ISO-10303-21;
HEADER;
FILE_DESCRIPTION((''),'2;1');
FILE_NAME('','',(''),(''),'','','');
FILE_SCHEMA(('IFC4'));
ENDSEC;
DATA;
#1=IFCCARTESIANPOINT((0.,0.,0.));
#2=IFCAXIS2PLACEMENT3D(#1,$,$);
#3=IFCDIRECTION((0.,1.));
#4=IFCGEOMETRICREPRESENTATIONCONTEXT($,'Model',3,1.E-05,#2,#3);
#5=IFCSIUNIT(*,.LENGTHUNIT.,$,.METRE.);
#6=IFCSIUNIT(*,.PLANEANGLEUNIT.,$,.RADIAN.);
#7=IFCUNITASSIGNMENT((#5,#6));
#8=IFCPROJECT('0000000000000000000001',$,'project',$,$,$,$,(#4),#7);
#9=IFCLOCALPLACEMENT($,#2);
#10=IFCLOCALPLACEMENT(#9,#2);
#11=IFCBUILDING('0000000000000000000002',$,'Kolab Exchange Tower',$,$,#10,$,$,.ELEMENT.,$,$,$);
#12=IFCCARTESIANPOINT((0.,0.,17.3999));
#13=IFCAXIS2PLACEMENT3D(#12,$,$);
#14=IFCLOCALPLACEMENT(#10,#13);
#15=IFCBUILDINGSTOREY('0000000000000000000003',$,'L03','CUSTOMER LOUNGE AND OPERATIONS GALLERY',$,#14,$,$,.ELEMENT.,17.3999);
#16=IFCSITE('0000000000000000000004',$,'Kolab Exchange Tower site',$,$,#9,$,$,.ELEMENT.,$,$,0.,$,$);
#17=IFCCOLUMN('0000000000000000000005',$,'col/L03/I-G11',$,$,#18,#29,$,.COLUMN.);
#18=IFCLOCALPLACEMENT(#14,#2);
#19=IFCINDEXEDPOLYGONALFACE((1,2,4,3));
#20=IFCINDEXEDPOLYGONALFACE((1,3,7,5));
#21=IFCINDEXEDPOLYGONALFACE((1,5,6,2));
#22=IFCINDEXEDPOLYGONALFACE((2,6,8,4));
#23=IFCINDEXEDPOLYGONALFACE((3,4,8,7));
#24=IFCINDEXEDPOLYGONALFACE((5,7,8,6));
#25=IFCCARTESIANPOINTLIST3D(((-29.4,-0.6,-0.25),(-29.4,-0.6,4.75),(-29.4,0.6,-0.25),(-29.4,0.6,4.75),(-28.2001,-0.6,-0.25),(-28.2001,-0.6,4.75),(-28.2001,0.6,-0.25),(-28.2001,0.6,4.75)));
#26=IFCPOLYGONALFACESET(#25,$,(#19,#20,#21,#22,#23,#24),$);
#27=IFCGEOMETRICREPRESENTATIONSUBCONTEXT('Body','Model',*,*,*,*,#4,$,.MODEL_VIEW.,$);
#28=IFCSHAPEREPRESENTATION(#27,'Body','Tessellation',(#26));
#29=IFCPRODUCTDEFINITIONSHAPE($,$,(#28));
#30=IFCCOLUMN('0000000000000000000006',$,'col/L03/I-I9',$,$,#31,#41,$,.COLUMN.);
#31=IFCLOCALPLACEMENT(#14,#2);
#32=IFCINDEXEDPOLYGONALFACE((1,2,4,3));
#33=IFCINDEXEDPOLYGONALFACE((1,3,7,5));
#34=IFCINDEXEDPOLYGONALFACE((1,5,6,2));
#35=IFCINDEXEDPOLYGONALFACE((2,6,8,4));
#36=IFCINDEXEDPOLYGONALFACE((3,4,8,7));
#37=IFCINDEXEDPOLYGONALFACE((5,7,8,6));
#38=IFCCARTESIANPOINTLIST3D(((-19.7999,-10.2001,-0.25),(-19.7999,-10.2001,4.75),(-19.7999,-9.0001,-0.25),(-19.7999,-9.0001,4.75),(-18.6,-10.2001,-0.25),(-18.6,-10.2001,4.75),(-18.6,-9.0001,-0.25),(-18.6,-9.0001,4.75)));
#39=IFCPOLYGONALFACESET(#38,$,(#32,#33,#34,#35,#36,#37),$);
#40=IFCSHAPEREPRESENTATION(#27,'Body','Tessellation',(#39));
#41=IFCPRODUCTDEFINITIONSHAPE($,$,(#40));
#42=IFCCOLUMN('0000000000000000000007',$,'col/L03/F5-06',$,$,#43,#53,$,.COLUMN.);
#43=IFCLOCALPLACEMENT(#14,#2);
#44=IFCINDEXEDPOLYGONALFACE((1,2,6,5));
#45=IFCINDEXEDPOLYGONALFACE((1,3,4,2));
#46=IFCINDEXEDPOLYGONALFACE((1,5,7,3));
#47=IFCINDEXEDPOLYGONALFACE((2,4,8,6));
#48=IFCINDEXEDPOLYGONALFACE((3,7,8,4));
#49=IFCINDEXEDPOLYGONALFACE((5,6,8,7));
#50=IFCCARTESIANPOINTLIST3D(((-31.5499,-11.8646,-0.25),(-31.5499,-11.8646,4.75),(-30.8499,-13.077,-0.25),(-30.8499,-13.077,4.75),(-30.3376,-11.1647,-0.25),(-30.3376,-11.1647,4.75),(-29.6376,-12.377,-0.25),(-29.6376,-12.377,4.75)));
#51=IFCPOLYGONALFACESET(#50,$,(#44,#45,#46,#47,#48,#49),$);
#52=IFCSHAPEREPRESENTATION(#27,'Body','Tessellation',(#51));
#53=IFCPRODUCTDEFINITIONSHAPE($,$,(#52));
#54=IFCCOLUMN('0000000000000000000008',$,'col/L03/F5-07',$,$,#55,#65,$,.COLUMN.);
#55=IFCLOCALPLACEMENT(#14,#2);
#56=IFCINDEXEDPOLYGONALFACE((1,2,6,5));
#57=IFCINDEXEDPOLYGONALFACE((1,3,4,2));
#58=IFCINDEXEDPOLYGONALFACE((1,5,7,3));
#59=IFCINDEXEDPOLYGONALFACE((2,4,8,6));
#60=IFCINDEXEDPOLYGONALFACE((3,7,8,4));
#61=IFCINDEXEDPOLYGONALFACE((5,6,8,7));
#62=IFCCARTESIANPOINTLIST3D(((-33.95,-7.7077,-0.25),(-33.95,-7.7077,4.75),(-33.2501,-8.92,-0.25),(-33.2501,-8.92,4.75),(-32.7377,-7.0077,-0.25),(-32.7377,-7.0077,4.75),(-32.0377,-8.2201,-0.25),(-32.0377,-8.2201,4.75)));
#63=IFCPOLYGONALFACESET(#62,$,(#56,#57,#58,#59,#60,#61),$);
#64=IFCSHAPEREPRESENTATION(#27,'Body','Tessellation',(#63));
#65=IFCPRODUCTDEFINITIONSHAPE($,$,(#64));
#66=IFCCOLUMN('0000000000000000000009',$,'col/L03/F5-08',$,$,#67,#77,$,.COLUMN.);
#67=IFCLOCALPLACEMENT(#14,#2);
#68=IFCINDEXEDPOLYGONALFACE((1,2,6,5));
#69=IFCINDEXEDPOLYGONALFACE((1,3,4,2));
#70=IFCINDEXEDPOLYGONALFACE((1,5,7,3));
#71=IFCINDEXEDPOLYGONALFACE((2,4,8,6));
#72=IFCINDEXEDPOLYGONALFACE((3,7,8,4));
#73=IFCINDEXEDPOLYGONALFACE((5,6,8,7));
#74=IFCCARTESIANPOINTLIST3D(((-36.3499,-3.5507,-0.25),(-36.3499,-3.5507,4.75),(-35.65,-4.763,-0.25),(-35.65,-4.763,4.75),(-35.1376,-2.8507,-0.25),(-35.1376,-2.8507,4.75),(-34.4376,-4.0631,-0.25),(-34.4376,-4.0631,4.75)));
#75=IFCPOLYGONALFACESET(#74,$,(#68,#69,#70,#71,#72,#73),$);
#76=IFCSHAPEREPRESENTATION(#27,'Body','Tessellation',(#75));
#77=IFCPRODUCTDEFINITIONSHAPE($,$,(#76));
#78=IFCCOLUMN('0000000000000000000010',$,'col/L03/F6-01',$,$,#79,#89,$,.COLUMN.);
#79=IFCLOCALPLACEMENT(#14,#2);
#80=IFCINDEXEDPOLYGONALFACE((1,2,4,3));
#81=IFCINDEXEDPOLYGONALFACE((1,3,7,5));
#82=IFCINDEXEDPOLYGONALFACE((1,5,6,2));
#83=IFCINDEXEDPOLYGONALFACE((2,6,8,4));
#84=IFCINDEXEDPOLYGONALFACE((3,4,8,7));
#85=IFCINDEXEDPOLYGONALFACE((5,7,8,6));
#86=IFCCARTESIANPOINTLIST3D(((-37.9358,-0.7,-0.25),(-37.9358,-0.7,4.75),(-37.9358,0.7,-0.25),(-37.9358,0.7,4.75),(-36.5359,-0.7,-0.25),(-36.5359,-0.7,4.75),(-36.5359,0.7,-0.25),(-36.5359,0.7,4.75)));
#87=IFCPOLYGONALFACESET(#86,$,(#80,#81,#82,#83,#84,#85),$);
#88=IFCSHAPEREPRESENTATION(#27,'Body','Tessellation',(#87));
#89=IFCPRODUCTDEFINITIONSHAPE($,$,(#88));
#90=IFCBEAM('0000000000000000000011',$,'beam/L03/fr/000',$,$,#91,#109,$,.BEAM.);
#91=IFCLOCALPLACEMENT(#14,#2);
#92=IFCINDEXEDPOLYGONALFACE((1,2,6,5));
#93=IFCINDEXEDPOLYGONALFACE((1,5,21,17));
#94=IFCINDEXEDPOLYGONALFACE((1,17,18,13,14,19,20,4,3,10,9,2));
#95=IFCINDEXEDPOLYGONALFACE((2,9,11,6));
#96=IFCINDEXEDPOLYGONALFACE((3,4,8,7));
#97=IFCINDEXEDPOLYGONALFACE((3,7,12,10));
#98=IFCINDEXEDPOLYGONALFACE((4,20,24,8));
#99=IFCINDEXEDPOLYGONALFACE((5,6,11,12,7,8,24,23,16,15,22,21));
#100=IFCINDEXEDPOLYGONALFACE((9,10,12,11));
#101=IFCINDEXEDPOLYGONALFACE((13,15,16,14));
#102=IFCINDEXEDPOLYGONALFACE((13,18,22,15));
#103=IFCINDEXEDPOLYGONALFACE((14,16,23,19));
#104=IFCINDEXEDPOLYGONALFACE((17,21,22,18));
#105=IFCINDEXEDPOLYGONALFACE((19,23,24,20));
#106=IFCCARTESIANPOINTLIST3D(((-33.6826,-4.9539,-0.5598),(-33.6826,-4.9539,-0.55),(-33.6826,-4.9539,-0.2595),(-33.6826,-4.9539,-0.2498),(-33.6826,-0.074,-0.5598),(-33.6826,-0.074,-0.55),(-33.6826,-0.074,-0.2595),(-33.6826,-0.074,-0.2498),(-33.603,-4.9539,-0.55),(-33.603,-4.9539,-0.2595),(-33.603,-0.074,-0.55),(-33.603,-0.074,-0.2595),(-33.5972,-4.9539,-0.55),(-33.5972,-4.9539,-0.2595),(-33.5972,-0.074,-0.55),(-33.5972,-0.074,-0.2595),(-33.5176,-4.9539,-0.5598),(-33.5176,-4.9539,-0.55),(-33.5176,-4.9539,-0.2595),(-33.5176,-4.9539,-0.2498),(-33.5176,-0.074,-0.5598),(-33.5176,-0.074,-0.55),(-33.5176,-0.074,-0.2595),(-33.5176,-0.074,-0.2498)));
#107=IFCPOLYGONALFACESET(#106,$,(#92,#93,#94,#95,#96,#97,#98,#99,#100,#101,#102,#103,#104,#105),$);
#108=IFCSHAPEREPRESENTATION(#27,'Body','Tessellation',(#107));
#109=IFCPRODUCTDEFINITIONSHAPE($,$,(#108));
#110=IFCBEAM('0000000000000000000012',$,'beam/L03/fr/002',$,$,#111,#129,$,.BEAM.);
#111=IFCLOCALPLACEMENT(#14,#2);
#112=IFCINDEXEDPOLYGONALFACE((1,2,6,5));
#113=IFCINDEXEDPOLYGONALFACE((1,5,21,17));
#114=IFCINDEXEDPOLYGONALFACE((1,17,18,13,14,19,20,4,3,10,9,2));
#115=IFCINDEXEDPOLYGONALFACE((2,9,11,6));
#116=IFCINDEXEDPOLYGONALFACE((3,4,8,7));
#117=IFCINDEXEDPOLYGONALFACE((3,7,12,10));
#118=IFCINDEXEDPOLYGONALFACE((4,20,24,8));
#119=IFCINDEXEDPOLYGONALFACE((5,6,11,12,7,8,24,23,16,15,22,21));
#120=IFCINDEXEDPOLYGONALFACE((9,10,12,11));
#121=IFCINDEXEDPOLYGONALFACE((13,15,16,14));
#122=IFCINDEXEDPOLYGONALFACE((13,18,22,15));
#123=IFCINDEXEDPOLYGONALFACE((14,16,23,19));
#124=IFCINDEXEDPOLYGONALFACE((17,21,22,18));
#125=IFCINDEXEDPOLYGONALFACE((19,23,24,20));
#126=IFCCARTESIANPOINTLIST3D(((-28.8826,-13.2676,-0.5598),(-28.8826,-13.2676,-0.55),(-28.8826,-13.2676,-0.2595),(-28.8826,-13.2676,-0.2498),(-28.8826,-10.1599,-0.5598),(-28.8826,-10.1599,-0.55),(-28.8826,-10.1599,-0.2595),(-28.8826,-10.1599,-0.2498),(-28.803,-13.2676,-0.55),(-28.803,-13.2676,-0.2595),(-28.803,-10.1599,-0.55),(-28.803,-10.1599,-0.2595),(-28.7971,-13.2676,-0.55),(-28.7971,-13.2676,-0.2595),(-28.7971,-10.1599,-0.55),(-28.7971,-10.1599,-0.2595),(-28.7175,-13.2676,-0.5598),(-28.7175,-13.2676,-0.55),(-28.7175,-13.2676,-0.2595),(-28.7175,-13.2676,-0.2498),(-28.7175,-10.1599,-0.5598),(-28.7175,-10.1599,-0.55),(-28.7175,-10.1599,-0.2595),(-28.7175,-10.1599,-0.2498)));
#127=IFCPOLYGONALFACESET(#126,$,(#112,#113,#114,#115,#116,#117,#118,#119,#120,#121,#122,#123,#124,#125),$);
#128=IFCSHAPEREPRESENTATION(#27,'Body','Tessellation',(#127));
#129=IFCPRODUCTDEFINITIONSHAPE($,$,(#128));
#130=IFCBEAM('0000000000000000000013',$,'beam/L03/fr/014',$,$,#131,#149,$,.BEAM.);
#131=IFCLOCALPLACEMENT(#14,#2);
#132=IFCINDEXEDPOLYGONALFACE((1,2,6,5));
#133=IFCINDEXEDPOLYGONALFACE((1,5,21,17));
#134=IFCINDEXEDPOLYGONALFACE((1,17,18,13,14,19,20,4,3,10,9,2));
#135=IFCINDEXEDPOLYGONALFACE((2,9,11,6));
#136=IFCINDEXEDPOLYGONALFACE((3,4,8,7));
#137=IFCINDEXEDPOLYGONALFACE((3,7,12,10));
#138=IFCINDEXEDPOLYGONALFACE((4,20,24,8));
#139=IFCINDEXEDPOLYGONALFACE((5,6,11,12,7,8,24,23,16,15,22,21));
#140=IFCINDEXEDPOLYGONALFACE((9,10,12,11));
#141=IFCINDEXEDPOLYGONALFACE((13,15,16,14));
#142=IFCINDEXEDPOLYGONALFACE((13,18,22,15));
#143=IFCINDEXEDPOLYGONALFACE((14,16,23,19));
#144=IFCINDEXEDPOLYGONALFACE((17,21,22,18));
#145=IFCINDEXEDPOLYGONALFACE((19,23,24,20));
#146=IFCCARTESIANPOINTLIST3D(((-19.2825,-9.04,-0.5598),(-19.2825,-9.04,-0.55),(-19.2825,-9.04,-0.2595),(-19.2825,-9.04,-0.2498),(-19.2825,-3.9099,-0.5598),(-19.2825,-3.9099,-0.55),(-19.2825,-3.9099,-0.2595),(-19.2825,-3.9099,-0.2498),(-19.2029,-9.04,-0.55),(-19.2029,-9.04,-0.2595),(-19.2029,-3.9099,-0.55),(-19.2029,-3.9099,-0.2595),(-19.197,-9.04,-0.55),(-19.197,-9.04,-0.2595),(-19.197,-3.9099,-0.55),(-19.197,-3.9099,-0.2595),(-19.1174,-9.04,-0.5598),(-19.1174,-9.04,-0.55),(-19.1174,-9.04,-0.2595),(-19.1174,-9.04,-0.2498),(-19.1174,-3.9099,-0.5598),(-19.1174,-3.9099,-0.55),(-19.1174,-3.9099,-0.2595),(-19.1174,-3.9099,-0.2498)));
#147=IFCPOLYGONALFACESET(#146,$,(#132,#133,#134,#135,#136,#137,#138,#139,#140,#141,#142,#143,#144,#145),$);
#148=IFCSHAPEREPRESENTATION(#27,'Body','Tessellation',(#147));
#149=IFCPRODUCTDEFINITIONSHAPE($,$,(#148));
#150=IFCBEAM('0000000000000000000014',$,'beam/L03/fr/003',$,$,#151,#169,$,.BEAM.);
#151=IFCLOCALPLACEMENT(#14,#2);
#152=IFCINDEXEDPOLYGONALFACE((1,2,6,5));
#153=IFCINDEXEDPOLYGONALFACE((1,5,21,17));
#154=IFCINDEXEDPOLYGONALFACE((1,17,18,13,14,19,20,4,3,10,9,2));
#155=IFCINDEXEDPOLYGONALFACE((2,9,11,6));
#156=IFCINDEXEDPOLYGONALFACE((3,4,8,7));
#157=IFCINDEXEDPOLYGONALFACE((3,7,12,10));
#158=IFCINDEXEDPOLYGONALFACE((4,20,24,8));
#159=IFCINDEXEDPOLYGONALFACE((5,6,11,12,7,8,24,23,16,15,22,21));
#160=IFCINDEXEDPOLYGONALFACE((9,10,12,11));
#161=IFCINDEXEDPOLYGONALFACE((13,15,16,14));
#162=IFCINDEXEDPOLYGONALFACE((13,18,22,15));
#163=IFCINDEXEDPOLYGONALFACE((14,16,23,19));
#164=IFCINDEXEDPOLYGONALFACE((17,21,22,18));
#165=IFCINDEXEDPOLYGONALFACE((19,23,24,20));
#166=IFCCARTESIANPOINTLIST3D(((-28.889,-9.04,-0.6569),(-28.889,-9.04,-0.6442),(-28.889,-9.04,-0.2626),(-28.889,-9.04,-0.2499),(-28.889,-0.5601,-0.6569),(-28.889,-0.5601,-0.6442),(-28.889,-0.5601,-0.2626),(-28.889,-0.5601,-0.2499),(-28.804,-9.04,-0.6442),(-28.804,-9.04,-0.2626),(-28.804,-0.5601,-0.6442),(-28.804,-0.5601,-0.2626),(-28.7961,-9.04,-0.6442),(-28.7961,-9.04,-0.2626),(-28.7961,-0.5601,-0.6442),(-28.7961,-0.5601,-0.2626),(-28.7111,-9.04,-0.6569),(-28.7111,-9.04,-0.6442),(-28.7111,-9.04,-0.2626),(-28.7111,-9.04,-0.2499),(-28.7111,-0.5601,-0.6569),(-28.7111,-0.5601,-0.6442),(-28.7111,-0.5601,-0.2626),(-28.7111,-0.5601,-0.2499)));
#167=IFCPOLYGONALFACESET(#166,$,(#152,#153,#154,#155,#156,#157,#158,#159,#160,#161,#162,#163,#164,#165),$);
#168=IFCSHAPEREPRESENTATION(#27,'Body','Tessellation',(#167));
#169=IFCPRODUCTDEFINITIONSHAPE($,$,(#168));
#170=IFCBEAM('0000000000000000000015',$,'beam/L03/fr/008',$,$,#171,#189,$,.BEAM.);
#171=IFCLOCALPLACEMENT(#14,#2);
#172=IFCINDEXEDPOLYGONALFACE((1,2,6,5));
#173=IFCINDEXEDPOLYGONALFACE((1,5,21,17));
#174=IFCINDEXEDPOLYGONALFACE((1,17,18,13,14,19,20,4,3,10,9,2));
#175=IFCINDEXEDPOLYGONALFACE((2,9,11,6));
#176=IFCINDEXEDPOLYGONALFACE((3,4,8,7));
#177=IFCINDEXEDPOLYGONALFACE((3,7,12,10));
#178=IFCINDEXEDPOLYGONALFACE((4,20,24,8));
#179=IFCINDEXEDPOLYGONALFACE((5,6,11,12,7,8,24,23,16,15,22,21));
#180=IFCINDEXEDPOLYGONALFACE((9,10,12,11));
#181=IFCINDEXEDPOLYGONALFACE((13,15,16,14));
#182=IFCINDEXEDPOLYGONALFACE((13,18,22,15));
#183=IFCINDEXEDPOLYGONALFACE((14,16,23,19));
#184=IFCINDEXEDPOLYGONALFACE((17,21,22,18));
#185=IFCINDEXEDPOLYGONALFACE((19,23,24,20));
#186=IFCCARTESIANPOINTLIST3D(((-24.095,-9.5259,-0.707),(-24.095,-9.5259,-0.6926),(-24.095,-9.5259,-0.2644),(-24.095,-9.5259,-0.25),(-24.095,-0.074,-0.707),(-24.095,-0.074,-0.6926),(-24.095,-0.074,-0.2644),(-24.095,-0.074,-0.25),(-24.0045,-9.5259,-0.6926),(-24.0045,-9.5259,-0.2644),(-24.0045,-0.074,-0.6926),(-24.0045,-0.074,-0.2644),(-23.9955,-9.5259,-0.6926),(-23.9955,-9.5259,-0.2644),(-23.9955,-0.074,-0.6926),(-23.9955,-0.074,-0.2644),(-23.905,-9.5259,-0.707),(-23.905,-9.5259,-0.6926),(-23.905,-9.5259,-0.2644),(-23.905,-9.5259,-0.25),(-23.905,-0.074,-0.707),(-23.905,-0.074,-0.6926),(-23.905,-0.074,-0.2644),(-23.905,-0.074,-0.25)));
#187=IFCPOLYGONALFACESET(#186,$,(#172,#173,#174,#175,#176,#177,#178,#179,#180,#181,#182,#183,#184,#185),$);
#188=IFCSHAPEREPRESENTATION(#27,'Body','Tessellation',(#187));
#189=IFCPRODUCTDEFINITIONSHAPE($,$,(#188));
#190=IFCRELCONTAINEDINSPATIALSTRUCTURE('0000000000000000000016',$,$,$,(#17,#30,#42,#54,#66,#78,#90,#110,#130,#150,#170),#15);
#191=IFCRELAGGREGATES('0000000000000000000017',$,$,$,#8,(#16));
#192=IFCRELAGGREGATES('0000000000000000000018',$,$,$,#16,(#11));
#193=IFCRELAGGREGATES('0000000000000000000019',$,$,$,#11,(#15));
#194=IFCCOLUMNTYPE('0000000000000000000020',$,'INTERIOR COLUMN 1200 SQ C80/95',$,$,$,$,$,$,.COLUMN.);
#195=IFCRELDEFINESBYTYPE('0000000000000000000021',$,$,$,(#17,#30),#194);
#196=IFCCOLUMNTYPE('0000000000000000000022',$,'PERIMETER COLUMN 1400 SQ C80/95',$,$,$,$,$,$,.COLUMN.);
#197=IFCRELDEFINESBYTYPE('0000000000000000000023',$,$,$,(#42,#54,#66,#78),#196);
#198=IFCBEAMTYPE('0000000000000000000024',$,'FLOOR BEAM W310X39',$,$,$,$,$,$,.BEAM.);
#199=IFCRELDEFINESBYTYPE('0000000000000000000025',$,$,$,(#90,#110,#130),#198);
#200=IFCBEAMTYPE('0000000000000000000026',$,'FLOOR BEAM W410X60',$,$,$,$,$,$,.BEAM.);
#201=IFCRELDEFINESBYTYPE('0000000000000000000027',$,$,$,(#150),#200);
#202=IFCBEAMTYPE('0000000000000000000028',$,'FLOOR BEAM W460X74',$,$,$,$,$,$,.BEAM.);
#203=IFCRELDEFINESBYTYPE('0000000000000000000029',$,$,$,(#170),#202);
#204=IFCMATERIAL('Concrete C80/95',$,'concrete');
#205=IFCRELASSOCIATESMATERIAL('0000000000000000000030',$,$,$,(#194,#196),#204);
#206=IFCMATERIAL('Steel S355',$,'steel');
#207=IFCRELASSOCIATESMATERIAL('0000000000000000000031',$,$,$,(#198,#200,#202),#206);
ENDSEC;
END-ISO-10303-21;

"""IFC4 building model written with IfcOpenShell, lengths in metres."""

from ifc_helpers import new_model, si_unit, direction, frame, origin, origin_2d, place, context, subcontext, project, spatial, rectangle, i_section, extrude, material, material_profile, profile_set, type_object, element, save


model = new_model("IFC4")

# Units and contexts
model_context = context("Model", 3, precision=1e-05, world=origin(), true_north=direction((0.0, 1.0)))
body_context = subcontext(model_context, "Body", "Model", "MODEL_VIEW")
ifc_project = project(units=[si_unit("LENGTHUNIT", "METRE"), si_unit("PLANEANGLEUNIT", "RADIAN")], contexts=[model_context])

# Site, building, storey
site_placement = place(None, origin())
site = spatial("IfcSite", under=ifc_project, at=site_placement, Name="Kolab Exchange Tower site", CompositionType="ELEMENT", RefElevation=0.0)
building_placement = place(site_placement, origin())
building = spatial("IfcBuilding", under=site, at=building_placement, Name="Kolab Exchange Tower", CompositionType="ELEMENT")
storey_placement = place(building_placement, frame((0.0, 0.0, 17.3999)))
storey = spatial("IfcBuildingStorey", under=building, at=storey_placement, Name="L03", Description="CUSTOMER LOUNGE AND OPERATIONS GALLERY", CompositionType="ELEMENT", Elevation=17.3999)

# Columns
ifc_material_1 = material(Name="Concrete C80/95", Category="concrete")
ifc_material_profile_1 = material_profile(ifc_material_1, rectangle(XDim=1.2, YDim=1.2, at=origin_2d()), Name="RC1200")
ifc_profile_set_1 = profile_set([ifc_material_profile_1], Name="Concrete C80/95")
column_type_1 = type_object("IfcColumnType", Name="INTERIOR COLUMN 1200 SQ C80/95", PredefinedType="COLUMN", material=ifc_profile_set_1)
for number, where, z_axis, x_axis, name in (
    (1, (-28.8, 0.0, -0.25), (0.0, 0.0, 1.0), (1.0, 0.0, 0.0), "col/L03/I-G11"),
    (2, (-19.2, -9.6001, -0.25), (0.0, 0.0, 1.0), (1.0, 0.0, 0.0), "col/L03/I-I9"),
):
    element("IfcColumn", number, at=place(storey_placement, frame(where, z_axis=z_axis, x_axis=x_axis)), inside=storey, type_object=column_type_1, Name=name, PredefinedType="COLUMN", context=body_context, shape_type="SweptSolid", body=[
        extrude(rectangle(XDim=1.2, YDim=1.2, at=origin_2d()), origin(), (0.0, 0.0, 1.0), 5.0),
    ])
ifc_material_profile_2 = material_profile(ifc_material_1, rectangle(XDim=1.3999, YDim=1.3999, at=origin_2d()), Name="RC1400")
ifc_profile_set_2 = profile_set([ifc_material_profile_2], Name="Concrete C80/95")
column_type_2 = type_object("IfcColumnType", Name="PERIMETER COLUMN 1400 SQ C80/95", PredefinedType="COLUMN", material=ifc_profile_set_2)
for number, where, z_axis, x_axis, name in (
    (3, (-30.5938, -12.1208, -0.25), (0.0, 0.0, 1.0), (0.866025, 0.5, 0.0), "col/L03/F5-06"),
    (4, (-32.9939, -7.9639, -0.25), (0.0, 0.0, 1.0), (0.866025, 0.5, 0.0), "col/L03/F5-07"),
    (5, (-35.3938, -3.8069, -0.25), (0.0, 0.0, 1.0), (0.866025, 0.5, 0.0), "col/L03/F5-08"),
    (6, (-37.2358, 0.0, -0.25), (0.0, 0.0, 1.0), (1.0, 0.0, 0.0), "col/L03/F6-01"),
):
    element("IfcColumn", number, at=place(storey_placement, frame(where, z_axis=z_axis, x_axis=x_axis)), inside=storey, type_object=column_type_2, Name=name, PredefinedType="COLUMN", context=body_context, shape_type="SweptSolid", body=[
        extrude(rectangle(XDim=1.3999, YDim=1.3999, at=origin_2d()), origin(), (0.0, 0.0, 1.0), 5.0),
    ])

# Beams
ifc_material_2 = material(Name="Steel S355", Category="steel")
ifc_material_profile_3 = material_profile(ifc_material_2, i_section(OverallWidth=0.165, OverallDepth=0.3101, WebThickness=0.0059, FlangeThickness=0.0098, at=origin_2d()), Name="W310X39")
ifc_profile_set_3 = profile_set([ifc_material_profile_3], Name="Steel S355")
beam_type_1 = type_object("IfcBeamType", Name="FLOOR BEAM W310X39", PredefinedType="BEAM", material=ifc_profile_set_3)
beam_1_placement = place(storey_placement, frame((-33.6001, -4.9539, -0.4048), z_axis=(0.0, 1.0, 0.0), x_axis=(-1.0, 0.0, 0.0)))
element("IfcBeam", 7, at=beam_1_placement, inside=storey, type_object=beam_type_1, Name="beam/L03/fr/000", PredefinedType="BEAM", context=body_context, shape_type="SweptSolid", body=[
    extrude(i_section(OverallWidth=0.165, OverallDepth=0.3101, WebThickness=0.0059, FlangeThickness=0.0098, at=origin_2d()), origin(), (0.0, 0.0, 1.0), 4.8799),
])
beam_2_placement = place(storey_placement, frame((-28.8, -13.2676, -0.4048), z_axis=(0.0, 1.0, 0.0), x_axis=(-1.0, 0.0, 0.0)))
element("IfcBeam", 8, at=beam_2_placement, inside=storey, type_object=beam_type_1, Name="beam/L03/fr/002", PredefinedType="BEAM", context=body_context, shape_type="SweptSolid", body=[
    extrude(i_section(OverallWidth=0.165, OverallDepth=0.3101, WebThickness=0.0059, FlangeThickness=0.0098, at=origin_2d()), origin(), (0.0, 0.0, 1.0), 3.1077),
])
beam_3_placement = place(storey_placement, frame((-19.2, -9.04, -0.4048), z_axis=(0.0, 1.0, 0.0), x_axis=(-1.0, 0.0, 0.0)))
element("IfcBeam", 9, at=beam_3_placement, inside=storey, type_object=beam_type_1, Name="beam/L03/fr/014", PredefinedType="BEAM", context=body_context, shape_type="SweptSolid", body=[
    extrude(i_section(OverallWidth=0.165, OverallDepth=0.3101, WebThickness=0.0059, FlangeThickness=0.0098, at=origin_2d()), origin(), (0.0, 0.0, 1.0), 5.1301),
])
ifc_material_profile_4 = material_profile(ifc_material_2, i_section(OverallWidth=0.178, OverallDepth=0.407, WebThickness=0.0078, FlangeThickness=0.0127, at=origin_2d()), Name="W410X60")
ifc_profile_set_4 = profile_set([ifc_material_profile_4], Name="Steel S355")
beam_type_2 = type_object("IfcBeamType", Name="FLOOR BEAM W410X60", PredefinedType="BEAM", material=ifc_profile_set_4)
beam_4_placement = place(storey_placement, frame((-28.8, -9.04, -0.4534), z_axis=(0.0, 1.0, 0.0), x_axis=(-1.0, 0.0, 0.0)))
element("IfcBeam", 10, at=beam_4_placement, inside=storey, type_object=beam_type_2, Name="beam/L03/fr/003", PredefinedType="BEAM", context=body_context, shape_type="SweptSolid", body=[
    extrude(i_section(OverallWidth=0.178, OverallDepth=0.407, WebThickness=0.0078, FlangeThickness=0.0127, at=origin_2d()), origin(), (0.0, 0.0, 1.0), 8.48),
])
ifc_material_profile_5 = material_profile(ifc_material_2, i_section(OverallWidth=0.1899, OverallDepth=0.457, WebThickness=0.009, FlangeThickness=0.0144, at=origin_2d()), Name="W460X74")
ifc_profile_set_5 = profile_set([ifc_material_profile_5], Name="Steel S355")
beam_type_3 = type_object("IfcBeamType", Name="FLOOR BEAM W460X74", PredefinedType="BEAM", material=ifc_profile_set_5)
beam_5_placement = place(storey_placement, frame((-24.0, -9.5259, -0.4785), z_axis=(0.0, 1.0, 0.0), x_axis=(-1.0, 0.0, 0.0)))
element("IfcBeam", 11, at=beam_5_placement, inside=storey, type_object=beam_type_3, Name="beam/L03/fr/008", PredefinedType="BEAM", context=body_context, shape_type="SweptSolid", body=[
    extrude(i_section(OverallWidth=0.1899, OverallDepth=0.457, WebThickness=0.009, FlangeThickness=0.0144, at=origin_2d()), origin(), (0.0, 0.0, 1.0), 9.4519),
])

save(model, "model.ifc")
